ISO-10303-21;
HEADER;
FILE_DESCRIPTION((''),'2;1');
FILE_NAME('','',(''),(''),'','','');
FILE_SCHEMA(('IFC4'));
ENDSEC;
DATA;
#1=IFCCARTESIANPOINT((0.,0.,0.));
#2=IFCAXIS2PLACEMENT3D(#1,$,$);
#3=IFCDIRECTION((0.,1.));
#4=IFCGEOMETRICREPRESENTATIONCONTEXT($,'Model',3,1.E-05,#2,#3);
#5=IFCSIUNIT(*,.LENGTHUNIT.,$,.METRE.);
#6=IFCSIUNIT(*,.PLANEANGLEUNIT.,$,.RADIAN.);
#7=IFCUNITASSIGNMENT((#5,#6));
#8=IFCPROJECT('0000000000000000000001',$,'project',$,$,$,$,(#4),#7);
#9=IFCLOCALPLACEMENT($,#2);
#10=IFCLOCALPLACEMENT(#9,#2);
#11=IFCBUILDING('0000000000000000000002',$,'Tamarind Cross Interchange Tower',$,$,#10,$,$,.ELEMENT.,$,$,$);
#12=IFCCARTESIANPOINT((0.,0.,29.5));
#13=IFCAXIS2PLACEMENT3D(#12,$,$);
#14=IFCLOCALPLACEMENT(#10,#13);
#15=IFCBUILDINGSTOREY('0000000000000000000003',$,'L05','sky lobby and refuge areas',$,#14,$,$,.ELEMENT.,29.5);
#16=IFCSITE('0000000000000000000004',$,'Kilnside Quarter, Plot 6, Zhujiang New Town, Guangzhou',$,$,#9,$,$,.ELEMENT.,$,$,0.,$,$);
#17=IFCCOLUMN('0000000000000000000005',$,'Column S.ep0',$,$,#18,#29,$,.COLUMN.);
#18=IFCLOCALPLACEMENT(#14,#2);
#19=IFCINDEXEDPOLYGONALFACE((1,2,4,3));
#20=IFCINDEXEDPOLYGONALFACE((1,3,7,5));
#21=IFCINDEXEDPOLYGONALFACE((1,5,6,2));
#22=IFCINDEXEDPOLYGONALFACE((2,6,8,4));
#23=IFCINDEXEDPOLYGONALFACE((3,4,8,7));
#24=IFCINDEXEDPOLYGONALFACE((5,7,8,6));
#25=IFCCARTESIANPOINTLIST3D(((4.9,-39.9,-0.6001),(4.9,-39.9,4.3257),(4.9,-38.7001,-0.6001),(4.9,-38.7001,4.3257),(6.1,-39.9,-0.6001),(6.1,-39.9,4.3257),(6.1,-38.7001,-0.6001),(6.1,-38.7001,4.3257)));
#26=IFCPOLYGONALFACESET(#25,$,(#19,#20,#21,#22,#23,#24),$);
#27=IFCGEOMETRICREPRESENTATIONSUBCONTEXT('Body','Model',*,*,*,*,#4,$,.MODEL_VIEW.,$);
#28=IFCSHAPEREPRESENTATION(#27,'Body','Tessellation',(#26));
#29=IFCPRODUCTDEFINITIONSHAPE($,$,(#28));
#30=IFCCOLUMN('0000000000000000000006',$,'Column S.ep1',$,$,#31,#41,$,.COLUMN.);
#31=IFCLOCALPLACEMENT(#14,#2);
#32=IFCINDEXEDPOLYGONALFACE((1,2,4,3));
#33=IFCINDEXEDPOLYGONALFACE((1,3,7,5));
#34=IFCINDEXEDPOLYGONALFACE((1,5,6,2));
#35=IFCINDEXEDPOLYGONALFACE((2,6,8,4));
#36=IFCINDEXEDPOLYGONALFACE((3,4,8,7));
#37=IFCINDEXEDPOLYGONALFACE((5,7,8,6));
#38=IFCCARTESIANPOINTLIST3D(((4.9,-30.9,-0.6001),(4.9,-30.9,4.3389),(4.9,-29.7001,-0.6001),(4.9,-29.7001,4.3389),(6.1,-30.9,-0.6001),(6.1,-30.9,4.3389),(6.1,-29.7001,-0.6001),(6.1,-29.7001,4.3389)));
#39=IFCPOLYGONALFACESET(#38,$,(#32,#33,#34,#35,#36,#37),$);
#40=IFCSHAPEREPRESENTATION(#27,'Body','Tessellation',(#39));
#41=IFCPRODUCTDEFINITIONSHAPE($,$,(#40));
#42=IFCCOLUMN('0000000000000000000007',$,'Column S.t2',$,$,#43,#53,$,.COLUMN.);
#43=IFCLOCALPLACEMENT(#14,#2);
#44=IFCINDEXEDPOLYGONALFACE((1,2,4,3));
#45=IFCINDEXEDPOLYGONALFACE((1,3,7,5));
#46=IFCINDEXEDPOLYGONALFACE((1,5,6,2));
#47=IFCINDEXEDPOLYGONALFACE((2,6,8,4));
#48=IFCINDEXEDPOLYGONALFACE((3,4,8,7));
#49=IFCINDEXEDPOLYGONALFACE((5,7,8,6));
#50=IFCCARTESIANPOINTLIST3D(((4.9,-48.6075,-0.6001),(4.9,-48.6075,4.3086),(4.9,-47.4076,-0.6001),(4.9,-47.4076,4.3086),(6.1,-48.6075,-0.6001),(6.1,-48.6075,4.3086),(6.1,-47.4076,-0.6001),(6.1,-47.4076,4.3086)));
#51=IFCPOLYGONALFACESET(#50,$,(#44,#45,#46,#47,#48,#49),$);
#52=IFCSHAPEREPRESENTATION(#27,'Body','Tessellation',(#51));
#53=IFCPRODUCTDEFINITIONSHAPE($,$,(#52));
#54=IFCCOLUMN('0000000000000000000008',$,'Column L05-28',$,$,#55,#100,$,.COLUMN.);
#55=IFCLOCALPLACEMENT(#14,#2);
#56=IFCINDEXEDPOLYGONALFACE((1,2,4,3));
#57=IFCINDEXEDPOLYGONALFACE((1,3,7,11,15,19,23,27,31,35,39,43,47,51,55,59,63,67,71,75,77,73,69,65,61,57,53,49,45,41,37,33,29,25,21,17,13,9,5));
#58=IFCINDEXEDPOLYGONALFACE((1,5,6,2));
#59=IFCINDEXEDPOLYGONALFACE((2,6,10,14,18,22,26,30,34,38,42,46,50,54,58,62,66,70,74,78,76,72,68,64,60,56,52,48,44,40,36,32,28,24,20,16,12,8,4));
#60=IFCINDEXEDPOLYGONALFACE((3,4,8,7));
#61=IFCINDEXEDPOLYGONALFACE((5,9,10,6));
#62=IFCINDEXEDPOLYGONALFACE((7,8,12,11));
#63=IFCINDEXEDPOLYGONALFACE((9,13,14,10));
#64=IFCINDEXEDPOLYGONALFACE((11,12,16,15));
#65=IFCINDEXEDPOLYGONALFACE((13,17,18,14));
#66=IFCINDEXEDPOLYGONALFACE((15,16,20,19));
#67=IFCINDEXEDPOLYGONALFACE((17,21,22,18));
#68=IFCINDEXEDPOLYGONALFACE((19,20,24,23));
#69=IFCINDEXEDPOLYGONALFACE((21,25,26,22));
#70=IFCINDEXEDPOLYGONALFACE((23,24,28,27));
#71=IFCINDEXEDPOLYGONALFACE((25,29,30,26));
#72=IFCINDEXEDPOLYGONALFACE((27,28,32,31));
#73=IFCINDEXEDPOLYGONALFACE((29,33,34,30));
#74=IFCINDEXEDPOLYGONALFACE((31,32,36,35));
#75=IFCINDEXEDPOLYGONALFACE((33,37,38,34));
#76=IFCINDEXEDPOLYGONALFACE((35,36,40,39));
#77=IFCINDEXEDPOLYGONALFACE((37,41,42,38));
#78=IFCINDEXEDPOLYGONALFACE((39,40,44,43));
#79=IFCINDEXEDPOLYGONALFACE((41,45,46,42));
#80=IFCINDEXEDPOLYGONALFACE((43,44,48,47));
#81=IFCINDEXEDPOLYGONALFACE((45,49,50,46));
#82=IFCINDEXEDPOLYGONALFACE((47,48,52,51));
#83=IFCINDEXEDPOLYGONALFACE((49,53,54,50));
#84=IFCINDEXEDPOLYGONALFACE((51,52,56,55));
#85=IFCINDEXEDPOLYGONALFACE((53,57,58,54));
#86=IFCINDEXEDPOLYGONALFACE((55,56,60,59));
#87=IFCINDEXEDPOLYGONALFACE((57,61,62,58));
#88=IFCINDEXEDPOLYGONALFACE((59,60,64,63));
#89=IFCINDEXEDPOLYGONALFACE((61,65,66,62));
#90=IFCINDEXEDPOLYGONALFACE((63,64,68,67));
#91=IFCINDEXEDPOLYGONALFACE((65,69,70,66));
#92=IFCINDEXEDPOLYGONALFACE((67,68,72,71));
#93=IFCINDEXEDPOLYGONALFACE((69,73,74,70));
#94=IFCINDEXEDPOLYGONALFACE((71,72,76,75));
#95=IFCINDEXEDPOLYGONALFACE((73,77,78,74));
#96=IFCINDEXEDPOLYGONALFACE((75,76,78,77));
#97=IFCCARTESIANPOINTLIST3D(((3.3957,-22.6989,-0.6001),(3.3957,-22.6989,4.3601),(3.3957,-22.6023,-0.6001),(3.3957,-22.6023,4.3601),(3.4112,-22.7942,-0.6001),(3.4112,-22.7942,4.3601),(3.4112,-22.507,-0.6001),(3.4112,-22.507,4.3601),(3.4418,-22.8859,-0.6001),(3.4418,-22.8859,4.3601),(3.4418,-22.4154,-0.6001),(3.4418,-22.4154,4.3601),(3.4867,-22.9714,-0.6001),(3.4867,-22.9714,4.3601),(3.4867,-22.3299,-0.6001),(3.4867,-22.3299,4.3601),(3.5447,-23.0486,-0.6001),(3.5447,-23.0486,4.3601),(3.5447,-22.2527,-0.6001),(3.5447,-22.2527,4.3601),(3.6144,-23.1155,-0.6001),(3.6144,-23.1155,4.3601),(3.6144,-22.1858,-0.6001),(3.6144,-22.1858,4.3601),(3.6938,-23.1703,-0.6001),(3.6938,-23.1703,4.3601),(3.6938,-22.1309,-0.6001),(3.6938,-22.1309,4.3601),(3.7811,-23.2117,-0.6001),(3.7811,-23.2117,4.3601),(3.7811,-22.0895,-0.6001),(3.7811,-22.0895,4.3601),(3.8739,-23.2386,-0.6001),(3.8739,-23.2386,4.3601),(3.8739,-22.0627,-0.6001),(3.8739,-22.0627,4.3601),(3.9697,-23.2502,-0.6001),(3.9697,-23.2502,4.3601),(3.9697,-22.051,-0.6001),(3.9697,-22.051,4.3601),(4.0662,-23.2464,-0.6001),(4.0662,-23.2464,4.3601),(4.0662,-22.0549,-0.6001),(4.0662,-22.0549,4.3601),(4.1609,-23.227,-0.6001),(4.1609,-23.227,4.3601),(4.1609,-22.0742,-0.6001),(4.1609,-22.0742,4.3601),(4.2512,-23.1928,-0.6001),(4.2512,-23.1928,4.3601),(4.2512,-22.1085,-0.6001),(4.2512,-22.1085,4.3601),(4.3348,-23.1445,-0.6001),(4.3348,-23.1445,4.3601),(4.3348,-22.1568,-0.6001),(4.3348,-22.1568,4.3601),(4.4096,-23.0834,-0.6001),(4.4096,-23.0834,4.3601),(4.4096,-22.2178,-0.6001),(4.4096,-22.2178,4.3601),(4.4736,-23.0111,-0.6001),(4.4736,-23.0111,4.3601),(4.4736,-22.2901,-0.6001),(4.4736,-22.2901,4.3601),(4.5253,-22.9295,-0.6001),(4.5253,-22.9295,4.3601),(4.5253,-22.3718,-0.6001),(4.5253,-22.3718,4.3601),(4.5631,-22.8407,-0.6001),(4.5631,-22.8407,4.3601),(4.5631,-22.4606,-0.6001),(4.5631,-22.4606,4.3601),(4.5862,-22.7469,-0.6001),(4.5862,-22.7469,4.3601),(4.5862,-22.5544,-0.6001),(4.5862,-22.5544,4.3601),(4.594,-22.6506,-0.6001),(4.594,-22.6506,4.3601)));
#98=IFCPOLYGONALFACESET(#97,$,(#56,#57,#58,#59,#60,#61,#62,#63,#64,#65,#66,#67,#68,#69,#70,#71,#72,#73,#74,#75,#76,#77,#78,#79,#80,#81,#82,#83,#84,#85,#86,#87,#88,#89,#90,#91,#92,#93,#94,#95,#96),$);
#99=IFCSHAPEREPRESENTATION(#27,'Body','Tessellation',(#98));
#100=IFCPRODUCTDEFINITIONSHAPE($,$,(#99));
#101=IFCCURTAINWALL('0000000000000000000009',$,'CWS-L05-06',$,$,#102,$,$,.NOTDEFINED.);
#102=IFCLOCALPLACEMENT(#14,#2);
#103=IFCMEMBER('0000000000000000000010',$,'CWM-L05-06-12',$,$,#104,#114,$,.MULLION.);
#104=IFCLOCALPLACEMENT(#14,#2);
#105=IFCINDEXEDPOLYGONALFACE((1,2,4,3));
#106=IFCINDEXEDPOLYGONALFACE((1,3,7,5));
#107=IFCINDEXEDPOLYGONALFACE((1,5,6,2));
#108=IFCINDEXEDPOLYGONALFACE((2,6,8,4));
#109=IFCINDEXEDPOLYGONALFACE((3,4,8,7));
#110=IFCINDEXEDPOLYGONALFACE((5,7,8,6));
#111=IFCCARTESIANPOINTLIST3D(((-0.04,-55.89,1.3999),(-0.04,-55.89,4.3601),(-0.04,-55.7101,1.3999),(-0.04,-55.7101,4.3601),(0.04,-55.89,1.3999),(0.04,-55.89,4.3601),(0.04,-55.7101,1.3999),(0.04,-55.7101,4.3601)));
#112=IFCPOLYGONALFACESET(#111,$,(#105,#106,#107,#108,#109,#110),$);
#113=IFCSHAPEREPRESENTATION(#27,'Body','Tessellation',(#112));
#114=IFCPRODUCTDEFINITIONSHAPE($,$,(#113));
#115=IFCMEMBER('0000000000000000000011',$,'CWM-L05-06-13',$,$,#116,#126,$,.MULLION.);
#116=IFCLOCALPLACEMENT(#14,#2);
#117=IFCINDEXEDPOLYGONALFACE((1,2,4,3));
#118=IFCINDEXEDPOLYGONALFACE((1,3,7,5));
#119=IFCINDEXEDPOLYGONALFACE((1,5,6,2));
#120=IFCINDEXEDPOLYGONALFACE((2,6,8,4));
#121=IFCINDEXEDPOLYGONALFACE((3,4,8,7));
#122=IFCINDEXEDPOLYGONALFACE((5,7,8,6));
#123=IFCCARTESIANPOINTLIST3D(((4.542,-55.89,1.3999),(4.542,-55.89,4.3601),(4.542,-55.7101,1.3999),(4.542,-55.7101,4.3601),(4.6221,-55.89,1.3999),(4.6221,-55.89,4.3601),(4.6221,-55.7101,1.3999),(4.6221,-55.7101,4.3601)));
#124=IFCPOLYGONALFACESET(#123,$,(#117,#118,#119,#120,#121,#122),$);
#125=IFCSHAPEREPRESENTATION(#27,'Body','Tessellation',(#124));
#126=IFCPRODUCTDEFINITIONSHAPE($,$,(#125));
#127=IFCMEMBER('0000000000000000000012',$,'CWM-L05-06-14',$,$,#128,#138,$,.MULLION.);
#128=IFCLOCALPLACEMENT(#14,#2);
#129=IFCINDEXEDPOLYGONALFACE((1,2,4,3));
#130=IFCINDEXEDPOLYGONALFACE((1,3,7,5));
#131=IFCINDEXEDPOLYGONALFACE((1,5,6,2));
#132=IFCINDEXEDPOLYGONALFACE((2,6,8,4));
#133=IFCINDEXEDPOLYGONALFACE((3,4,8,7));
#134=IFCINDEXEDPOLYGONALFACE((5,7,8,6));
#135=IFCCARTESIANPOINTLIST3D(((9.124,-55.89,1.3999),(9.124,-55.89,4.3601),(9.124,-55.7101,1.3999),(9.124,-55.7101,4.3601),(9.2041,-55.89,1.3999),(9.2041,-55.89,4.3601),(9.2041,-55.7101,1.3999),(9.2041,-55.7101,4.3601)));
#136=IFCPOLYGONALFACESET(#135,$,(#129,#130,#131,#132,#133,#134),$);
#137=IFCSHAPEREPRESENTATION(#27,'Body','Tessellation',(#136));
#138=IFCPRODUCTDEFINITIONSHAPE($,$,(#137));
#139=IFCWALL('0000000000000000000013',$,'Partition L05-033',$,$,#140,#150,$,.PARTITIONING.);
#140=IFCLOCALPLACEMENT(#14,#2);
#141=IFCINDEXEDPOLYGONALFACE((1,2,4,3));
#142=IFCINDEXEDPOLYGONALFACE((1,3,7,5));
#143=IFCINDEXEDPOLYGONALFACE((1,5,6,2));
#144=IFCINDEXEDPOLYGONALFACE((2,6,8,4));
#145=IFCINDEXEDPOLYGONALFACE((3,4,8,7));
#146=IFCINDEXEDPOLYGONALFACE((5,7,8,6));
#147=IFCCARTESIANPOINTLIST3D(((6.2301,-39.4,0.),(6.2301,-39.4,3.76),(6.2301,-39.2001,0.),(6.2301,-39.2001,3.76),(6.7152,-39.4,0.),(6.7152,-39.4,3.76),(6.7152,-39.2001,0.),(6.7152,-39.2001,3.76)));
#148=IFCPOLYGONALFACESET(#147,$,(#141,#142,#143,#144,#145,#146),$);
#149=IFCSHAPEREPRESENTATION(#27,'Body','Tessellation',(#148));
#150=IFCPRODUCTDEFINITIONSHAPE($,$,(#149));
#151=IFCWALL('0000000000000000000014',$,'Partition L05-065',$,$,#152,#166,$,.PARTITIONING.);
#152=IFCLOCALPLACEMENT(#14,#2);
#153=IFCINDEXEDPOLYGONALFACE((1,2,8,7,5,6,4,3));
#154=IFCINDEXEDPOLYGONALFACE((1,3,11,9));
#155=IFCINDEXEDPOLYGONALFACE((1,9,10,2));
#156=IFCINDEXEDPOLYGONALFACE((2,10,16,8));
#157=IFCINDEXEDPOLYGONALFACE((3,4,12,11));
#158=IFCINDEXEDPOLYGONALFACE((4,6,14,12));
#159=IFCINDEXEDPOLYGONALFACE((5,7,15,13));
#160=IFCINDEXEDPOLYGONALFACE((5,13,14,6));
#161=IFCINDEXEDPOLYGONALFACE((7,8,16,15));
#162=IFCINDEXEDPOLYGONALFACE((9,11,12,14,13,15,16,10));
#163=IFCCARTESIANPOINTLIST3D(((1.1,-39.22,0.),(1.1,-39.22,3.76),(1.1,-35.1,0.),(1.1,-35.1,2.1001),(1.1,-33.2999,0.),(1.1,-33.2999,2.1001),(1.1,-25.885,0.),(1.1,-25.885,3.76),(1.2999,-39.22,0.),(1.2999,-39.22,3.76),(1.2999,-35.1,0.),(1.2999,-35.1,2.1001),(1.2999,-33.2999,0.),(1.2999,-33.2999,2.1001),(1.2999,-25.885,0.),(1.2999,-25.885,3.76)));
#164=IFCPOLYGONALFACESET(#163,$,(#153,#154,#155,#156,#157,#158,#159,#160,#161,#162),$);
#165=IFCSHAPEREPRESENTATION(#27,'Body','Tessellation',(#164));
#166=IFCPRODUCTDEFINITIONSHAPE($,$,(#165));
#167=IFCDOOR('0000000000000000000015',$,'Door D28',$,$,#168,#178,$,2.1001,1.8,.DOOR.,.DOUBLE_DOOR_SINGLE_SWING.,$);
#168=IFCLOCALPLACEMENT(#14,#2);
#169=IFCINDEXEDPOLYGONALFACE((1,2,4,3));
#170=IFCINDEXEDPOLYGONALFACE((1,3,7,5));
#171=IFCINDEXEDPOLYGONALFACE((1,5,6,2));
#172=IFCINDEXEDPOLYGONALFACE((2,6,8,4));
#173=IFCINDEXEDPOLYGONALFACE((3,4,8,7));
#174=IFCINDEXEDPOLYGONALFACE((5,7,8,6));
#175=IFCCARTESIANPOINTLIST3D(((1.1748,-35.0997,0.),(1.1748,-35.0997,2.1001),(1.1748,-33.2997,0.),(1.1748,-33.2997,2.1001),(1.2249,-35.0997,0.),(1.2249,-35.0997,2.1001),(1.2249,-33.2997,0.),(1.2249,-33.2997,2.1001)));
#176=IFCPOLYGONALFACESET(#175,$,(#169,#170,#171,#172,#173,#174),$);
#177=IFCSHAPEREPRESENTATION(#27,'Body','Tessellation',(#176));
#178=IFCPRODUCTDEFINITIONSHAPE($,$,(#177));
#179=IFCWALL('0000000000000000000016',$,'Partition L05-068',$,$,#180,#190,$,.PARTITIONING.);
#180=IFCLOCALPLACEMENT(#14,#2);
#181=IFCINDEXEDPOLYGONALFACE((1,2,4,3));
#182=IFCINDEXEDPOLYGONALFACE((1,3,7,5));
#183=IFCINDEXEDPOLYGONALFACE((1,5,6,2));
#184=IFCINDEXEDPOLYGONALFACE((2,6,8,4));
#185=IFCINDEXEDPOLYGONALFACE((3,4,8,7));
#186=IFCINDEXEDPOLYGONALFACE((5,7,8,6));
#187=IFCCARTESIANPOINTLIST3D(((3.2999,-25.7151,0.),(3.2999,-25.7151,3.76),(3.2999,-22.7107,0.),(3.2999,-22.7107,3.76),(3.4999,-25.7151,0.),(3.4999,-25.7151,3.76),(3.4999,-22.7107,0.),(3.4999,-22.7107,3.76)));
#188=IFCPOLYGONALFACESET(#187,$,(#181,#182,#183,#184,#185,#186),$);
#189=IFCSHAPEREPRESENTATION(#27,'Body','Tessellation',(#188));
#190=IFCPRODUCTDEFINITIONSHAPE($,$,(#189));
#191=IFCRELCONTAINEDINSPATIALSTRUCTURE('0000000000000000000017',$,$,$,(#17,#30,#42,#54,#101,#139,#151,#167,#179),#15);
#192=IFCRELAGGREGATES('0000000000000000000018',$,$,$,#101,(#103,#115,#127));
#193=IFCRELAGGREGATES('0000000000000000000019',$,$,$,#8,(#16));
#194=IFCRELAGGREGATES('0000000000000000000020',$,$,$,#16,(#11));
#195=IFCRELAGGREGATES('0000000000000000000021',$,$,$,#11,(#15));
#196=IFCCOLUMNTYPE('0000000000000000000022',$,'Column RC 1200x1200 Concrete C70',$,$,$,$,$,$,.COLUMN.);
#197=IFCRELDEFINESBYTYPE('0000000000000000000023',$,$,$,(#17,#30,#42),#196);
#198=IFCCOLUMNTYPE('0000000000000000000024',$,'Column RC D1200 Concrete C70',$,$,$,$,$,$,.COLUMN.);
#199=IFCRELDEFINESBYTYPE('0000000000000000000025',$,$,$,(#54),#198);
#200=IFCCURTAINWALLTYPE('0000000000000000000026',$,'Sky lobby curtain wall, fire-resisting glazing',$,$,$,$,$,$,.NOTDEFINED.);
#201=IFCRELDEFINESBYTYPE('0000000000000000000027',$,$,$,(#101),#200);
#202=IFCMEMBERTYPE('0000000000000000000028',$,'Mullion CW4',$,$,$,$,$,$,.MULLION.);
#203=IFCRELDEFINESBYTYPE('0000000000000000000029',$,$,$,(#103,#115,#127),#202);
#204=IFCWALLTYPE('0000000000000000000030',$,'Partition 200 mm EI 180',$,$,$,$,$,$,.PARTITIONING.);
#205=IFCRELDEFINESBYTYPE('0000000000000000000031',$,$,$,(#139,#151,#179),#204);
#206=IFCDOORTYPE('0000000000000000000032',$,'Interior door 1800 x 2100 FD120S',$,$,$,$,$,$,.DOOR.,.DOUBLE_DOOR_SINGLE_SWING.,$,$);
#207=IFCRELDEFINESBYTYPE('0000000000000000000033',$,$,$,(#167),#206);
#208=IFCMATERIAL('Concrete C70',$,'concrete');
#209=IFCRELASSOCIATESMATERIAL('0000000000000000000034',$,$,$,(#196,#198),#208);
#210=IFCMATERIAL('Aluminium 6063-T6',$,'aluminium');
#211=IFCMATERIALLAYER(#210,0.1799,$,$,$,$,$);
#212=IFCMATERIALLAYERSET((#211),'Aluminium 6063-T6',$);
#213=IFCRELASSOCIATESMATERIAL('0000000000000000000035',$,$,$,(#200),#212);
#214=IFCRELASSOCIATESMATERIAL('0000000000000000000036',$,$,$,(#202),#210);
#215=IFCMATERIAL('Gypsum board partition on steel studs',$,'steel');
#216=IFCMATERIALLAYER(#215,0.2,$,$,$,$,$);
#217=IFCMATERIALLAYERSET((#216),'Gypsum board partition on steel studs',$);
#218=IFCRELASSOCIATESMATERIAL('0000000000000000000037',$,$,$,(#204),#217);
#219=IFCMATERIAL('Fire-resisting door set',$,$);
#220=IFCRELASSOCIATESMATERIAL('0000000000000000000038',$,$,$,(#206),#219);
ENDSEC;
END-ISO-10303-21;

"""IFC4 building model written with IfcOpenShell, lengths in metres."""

from ifc_helpers import new_model, si_unit, direction, frame, frame_2d, origin, origin_2d, place, context, subcontext, project, spatial, rectangle, circle, extrude, material, layer, layer_set, material_profile, profile_set, type_object, element, fill, aggregate, save


model = new_model("IFC4")

# Units and contexts
model_context = context("Model", 3, precision=1e-05, world=origin(), true_north=direction((0.0, 1.0)))
body_context = subcontext(model_context, "Body", "Model", "MODEL_VIEW")
ifc_project = project(units=[si_unit("LENGTHUNIT", "METRE"), si_unit("PLANEANGLEUNIT", "RADIAN")], contexts=[model_context])

# Site, building, storey
site_placement = place(None, origin())
site = spatial("IfcSite", under=ifc_project, at=site_placement, Name="Kilnside Quarter, Plot 6, Zhujiang New Town, Guangzhou", CompositionType="ELEMENT", RefElevation=0.0)
building_placement = place(site_placement, origin())
building = spatial("IfcBuilding", under=site, at=building_placement, Name="Tamarind Cross Interchange Tower", CompositionType="ELEMENT")
storey_placement = place(building_placement, frame((0.0, 0.0, 29.5)))
storey = spatial("IfcBuildingStorey", under=building, at=storey_placement, Name="L05", Description="sky lobby and refuge areas", CompositionType="ELEMENT", Elevation=29.5)

# Columns
ifc_material_1 = material(Name="Concrete C70", Category="concrete")
ifc_material_profile_1 = material_profile(ifc_material_1, rectangle(XDim=1.2, YDim=1.2, at=origin_2d()), Name="RC 1200x1200")
ifc_profile_set_1 = profile_set([ifc_material_profile_1], Name="Concrete C70")
column_type_1 = type_object("IfcColumnType", Name="Column RC 1200x1200 Concrete C70", PredefinedType="COLUMN", material=ifc_profile_set_1)
column_1_placement = place(storey_placement, frame((5.5, -39.3, -0.6001), z_axis=(0.0, 0.0, 1.0), x_axis=(1.0, 0.0, 0.0)))
element("IfcColumn", 1, at=column_1_placement, inside=storey, type_object=column_type_1, Name="Column S.ep0", PredefinedType="COLUMN", context=body_context, shape_type="SweptSolid", body=[
    extrude(rectangle(XDim=1.2, YDim=1.2, at=origin_2d()), origin(), (0.0, 0.0, 1.0), 4.9258),
])
column_2_placement = place(storey_placement, frame((5.5, -30.3, -0.6001), z_axis=(0.0, 0.0, 1.0), x_axis=(1.0, 0.0, 0.0)))
element("IfcColumn", 2, at=column_2_placement, inside=storey, type_object=column_type_1, Name="Column S.ep1", PredefinedType="COLUMN", context=body_context, shape_type="SweptSolid", body=[
    extrude(rectangle(XDim=1.2, YDim=1.2, at=origin_2d()), origin(), (0.0, 0.0, 1.0), 4.939),
])
column_3_placement = place(storey_placement, frame((5.5, -48.0076, -0.6001), z_axis=(0.0, 0.0, 1.0), x_axis=(1.0, 0.0, 0.0)))
element("IfcColumn", 3, at=column_3_placement, inside=storey, type_object=column_type_1, Name="Column S.t2", PredefinedType="COLUMN", context=body_context, shape_type="SweptSolid", body=[
    extrude(rectangle(XDim=1.2, YDim=1.2, at=origin_2d()), origin(), (0.0, 0.0, 1.0), 4.9087),
])
ifc_material_profile_2 = material_profile(ifc_material_1, circle(Radius=0.6001, at=origin_2d()), Name="RC D1200")
ifc_profile_set_2 = profile_set([ifc_material_profile_2], Name="Concrete C70")
column_type_2 = type_object("IfcColumnType", Name="Column RC D1200 Concrete C70", PredefinedType="COLUMN", material=ifc_profile_set_2)
column_4_placement = place(storey_placement, frame((3.9939, -22.6506, -0.6001), z_axis=(0.0, 0.0, 1.0), x_axis=(1.0, 0.0, 0.0)))
element("IfcColumn", 4, at=column_4_placement, inside=storey, type_object=column_type_2, Name="Column L05-28", PredefinedType="COLUMN", context=body_context, shape_type="SweptSolid", body=[
    extrude(circle(Radius=0.6001, at=origin_2d()), origin(), (0.0, 0.0, 1.0), 4.9602),
])

# Curtain wall, members
ifc_material_2 = material(Name="Aluminium 6063-T6", Category="aluminium")
ifc_layer_1 = layer(ifc_material_2, 0.1799)
ifc_layer_set_1 = layer_set([ifc_layer_1], Name="Aluminium 6063-T6")
curtain_wall_type = type_object("IfcCurtainWallType", Name="Sky lobby curtain wall, fire-resisting glazing", PredefinedType="NOTDEFINED", material=ifc_layer_set_1)
curtain_wall_placement = place(storey_placement, origin())
curtain_wall = element("IfcCurtainWall", 5, at=curtain_wall_placement, inside=storey, type_object=curtain_wall_type, Name="CWS-L05-06", PredefinedType="NOTDEFINED")
ifc_material_profile_3 = material_profile(ifc_material_2, rectangle(XDim=0.0801, YDim=0.1799, at=origin_2d()), Name="Mullion CW4")
ifc_profile_set_3 = profile_set([ifc_material_profile_3], Name="Aluminium 6063-T6")
member_type = type_object("IfcMemberType", Name="Mullion CW4", PredefinedType="MULLION", material=ifc_profile_set_3)
member_1_placement = place(storey_placement, frame((0.0, -55.8, 1.3999), z_axis=(0.0, 0.0, 1.0), x_axis=(1.0, 0.0, 0.0)))
member_1 = element("IfcMember", 6, at=member_1_placement, type_object=member_type, Name="CWM-L05-06-12", PredefinedType="MULLION", context=body_context, shape_type="SweptSolid", body=[
    extrude(rectangle(XDim=0.0801, YDim=0.1799, at=origin_2d()), origin(), (0.0, 0.0, 1.0), 2.9602),
])
member_2_placement = place(storey_placement, frame((4.582, -55.8, 1.3999), z_axis=(0.0, 0.0, 1.0), x_axis=(1.0, 0.0, 0.0)))
member_2 = element("IfcMember", 7, at=member_2_placement, type_object=member_type, Name="CWM-L05-06-13", PredefinedType="MULLION", context=body_context, shape_type="SweptSolid", body=[
    extrude(rectangle(XDim=0.0801, YDim=0.1799, at=origin_2d()), origin(), (0.0, 0.0, 1.0), 2.9602),
])
member_3_placement = place(storey_placement, frame((9.1641, -55.8, 1.3999), z_axis=(0.0, 0.0, 1.0), x_axis=(1.0, 0.0, 0.0)))
member_3 = element("IfcMember", 8, at=member_3_placement, type_object=member_type, Name="CWM-L05-06-14", PredefinedType="MULLION", context=body_context, shape_type="SweptSolid", body=[
    extrude(rectangle(XDim=0.0801, YDim=0.1799, at=origin_2d()), origin(), (0.0, 0.0, 1.0), 2.9602),
])
aggregate(curtain_wall, [member_1, member_2, member_3])

# Wall
ifc_material_3 = material(Name="Gypsum board partition on steel studs", Category="steel")
ifc_layer_2 = layer(ifc_material_3, 0.2)
ifc_layer_set_2 = layer_set([ifc_layer_2], Name="Gypsum board partition on steel studs")
wall_type_1 = type_object("IfcWallType", Name="Partition 200 mm EI 180", PredefinedType="PARTITIONING", material=ifc_layer_set_2)
wall_1_placement = place(storey_placement, frame((6.23, -39.3, 0.0), z_axis=(0.0, 0.0, 1.0), x_axis=(1.0, 0.0, 0.0)))
element("IfcWall", 9, at=wall_1_placement, inside=storey, type_object=wall_type_1, Name="Partition L05-033", PredefinedType="PARTITIONING", context=body_context, shape_type="SweptSolid", body=[
    extrude(rectangle(XDim=0.4851, YDim=0.2, at=frame_2d((0.2427, 0.0))), origin(), (0.0, 0.0, 1.0), 3.76),
])

# Wall, opening, door
wall_2_placement = place(storey_placement, frame((1.2, -39.22, 0.0), z_axis=(0.0, 0.0, 1.0), x_axis=(0.0, 1.0, 0.0)))
wall_2 = element("IfcWall", 10, at=wall_2_placement, inside=storey, type_object=wall_type_1, Name="Partition L05-065", PredefinedType="PARTITIONING", context=body_context, shape_type="SweptSolid", body=[
    extrude(rectangle(XDim=13.335, YDim=0.2, at=frame_2d((6.6675, 0.0))), origin(), (0.0, 0.0, 1.0), 3.76),
])
opening_1_placement = place(wall_2_placement, frame((4.1201, 0.0, 0.0)))
opening_1 = element("IfcOpeningElement", 11, at=opening_1_placement, cuts=wall_2, PredefinedType="OPENING", context=body_context, shape_type="SweptSolid", body=[
    extrude(rectangle(XDim=1.8, YDim=2.1001, at=frame_2d((0.8999, 1.05))), frame((0.0, 0.1099, 0.0), z_axis=(0.0, -1.0, 0.0), x_axis=(1.0, 0.0, 0.0)), (0.0, 0.0, 1.0), 0.22),
])
ifc_material_4 = material(Name="Fire-resisting door set")
door_type = type_object("IfcDoorType", Name="Interior door 1800 x 2100 FD120S", OperationType="DOUBLE_DOOR_SINGLE_SWING", PredefinedType="DOOR", material=ifc_material_4)
door_1_placement = place(opening_1_placement, frame((1.8, 0.0, 0.0), z_axis=(0.0, 0.0, 1.0), x_axis=(-1.0, 0.0, 0.0)))
door_1 = element("IfcDoor", 12, at=door_1_placement, inside=storey, type_object=door_type, Name="Door D28", OperationType="DOUBLE_DOOR_SINGLE_SWING", OverallHeight=2.1001, OverallWidth=1.8, PredefinedType="DOOR", context=body_context, shape_type="SweptSolid", body=[
    extrude(rectangle(XDim=1.8, YDim=2.1001, at=frame_2d((0.8999, 1.05))), frame((0.0, 0.0249, 0.0), z_axis=(0.0, -1.0, 0.0), x_axis=(1.0, 0.0, 0.0)), (0.0, 0.0, 1.0), 0.05),
])
fill(opening_1, door_1)

# Wall
wall_3_placement = place(storey_placement, frame((3.3999, -25.7151, 0.0), z_axis=(0.0, 0.0, 1.0), x_axis=(0.0, 1.0, 0.0)))
element("IfcWall", 13, at=wall_3_placement, inside=storey, type_object=wall_type_1, Name="Partition L05-068", PredefinedType="PARTITIONING", context=body_context, shape_type="SweptSolid", body=[
    extrude(rectangle(XDim=3.0044, YDim=0.2, at=frame_2d((1.5022, 0.0))), origin(), (0.0, 0.0, 1.0), 3.76),
])

save(model, "model.ifc")
